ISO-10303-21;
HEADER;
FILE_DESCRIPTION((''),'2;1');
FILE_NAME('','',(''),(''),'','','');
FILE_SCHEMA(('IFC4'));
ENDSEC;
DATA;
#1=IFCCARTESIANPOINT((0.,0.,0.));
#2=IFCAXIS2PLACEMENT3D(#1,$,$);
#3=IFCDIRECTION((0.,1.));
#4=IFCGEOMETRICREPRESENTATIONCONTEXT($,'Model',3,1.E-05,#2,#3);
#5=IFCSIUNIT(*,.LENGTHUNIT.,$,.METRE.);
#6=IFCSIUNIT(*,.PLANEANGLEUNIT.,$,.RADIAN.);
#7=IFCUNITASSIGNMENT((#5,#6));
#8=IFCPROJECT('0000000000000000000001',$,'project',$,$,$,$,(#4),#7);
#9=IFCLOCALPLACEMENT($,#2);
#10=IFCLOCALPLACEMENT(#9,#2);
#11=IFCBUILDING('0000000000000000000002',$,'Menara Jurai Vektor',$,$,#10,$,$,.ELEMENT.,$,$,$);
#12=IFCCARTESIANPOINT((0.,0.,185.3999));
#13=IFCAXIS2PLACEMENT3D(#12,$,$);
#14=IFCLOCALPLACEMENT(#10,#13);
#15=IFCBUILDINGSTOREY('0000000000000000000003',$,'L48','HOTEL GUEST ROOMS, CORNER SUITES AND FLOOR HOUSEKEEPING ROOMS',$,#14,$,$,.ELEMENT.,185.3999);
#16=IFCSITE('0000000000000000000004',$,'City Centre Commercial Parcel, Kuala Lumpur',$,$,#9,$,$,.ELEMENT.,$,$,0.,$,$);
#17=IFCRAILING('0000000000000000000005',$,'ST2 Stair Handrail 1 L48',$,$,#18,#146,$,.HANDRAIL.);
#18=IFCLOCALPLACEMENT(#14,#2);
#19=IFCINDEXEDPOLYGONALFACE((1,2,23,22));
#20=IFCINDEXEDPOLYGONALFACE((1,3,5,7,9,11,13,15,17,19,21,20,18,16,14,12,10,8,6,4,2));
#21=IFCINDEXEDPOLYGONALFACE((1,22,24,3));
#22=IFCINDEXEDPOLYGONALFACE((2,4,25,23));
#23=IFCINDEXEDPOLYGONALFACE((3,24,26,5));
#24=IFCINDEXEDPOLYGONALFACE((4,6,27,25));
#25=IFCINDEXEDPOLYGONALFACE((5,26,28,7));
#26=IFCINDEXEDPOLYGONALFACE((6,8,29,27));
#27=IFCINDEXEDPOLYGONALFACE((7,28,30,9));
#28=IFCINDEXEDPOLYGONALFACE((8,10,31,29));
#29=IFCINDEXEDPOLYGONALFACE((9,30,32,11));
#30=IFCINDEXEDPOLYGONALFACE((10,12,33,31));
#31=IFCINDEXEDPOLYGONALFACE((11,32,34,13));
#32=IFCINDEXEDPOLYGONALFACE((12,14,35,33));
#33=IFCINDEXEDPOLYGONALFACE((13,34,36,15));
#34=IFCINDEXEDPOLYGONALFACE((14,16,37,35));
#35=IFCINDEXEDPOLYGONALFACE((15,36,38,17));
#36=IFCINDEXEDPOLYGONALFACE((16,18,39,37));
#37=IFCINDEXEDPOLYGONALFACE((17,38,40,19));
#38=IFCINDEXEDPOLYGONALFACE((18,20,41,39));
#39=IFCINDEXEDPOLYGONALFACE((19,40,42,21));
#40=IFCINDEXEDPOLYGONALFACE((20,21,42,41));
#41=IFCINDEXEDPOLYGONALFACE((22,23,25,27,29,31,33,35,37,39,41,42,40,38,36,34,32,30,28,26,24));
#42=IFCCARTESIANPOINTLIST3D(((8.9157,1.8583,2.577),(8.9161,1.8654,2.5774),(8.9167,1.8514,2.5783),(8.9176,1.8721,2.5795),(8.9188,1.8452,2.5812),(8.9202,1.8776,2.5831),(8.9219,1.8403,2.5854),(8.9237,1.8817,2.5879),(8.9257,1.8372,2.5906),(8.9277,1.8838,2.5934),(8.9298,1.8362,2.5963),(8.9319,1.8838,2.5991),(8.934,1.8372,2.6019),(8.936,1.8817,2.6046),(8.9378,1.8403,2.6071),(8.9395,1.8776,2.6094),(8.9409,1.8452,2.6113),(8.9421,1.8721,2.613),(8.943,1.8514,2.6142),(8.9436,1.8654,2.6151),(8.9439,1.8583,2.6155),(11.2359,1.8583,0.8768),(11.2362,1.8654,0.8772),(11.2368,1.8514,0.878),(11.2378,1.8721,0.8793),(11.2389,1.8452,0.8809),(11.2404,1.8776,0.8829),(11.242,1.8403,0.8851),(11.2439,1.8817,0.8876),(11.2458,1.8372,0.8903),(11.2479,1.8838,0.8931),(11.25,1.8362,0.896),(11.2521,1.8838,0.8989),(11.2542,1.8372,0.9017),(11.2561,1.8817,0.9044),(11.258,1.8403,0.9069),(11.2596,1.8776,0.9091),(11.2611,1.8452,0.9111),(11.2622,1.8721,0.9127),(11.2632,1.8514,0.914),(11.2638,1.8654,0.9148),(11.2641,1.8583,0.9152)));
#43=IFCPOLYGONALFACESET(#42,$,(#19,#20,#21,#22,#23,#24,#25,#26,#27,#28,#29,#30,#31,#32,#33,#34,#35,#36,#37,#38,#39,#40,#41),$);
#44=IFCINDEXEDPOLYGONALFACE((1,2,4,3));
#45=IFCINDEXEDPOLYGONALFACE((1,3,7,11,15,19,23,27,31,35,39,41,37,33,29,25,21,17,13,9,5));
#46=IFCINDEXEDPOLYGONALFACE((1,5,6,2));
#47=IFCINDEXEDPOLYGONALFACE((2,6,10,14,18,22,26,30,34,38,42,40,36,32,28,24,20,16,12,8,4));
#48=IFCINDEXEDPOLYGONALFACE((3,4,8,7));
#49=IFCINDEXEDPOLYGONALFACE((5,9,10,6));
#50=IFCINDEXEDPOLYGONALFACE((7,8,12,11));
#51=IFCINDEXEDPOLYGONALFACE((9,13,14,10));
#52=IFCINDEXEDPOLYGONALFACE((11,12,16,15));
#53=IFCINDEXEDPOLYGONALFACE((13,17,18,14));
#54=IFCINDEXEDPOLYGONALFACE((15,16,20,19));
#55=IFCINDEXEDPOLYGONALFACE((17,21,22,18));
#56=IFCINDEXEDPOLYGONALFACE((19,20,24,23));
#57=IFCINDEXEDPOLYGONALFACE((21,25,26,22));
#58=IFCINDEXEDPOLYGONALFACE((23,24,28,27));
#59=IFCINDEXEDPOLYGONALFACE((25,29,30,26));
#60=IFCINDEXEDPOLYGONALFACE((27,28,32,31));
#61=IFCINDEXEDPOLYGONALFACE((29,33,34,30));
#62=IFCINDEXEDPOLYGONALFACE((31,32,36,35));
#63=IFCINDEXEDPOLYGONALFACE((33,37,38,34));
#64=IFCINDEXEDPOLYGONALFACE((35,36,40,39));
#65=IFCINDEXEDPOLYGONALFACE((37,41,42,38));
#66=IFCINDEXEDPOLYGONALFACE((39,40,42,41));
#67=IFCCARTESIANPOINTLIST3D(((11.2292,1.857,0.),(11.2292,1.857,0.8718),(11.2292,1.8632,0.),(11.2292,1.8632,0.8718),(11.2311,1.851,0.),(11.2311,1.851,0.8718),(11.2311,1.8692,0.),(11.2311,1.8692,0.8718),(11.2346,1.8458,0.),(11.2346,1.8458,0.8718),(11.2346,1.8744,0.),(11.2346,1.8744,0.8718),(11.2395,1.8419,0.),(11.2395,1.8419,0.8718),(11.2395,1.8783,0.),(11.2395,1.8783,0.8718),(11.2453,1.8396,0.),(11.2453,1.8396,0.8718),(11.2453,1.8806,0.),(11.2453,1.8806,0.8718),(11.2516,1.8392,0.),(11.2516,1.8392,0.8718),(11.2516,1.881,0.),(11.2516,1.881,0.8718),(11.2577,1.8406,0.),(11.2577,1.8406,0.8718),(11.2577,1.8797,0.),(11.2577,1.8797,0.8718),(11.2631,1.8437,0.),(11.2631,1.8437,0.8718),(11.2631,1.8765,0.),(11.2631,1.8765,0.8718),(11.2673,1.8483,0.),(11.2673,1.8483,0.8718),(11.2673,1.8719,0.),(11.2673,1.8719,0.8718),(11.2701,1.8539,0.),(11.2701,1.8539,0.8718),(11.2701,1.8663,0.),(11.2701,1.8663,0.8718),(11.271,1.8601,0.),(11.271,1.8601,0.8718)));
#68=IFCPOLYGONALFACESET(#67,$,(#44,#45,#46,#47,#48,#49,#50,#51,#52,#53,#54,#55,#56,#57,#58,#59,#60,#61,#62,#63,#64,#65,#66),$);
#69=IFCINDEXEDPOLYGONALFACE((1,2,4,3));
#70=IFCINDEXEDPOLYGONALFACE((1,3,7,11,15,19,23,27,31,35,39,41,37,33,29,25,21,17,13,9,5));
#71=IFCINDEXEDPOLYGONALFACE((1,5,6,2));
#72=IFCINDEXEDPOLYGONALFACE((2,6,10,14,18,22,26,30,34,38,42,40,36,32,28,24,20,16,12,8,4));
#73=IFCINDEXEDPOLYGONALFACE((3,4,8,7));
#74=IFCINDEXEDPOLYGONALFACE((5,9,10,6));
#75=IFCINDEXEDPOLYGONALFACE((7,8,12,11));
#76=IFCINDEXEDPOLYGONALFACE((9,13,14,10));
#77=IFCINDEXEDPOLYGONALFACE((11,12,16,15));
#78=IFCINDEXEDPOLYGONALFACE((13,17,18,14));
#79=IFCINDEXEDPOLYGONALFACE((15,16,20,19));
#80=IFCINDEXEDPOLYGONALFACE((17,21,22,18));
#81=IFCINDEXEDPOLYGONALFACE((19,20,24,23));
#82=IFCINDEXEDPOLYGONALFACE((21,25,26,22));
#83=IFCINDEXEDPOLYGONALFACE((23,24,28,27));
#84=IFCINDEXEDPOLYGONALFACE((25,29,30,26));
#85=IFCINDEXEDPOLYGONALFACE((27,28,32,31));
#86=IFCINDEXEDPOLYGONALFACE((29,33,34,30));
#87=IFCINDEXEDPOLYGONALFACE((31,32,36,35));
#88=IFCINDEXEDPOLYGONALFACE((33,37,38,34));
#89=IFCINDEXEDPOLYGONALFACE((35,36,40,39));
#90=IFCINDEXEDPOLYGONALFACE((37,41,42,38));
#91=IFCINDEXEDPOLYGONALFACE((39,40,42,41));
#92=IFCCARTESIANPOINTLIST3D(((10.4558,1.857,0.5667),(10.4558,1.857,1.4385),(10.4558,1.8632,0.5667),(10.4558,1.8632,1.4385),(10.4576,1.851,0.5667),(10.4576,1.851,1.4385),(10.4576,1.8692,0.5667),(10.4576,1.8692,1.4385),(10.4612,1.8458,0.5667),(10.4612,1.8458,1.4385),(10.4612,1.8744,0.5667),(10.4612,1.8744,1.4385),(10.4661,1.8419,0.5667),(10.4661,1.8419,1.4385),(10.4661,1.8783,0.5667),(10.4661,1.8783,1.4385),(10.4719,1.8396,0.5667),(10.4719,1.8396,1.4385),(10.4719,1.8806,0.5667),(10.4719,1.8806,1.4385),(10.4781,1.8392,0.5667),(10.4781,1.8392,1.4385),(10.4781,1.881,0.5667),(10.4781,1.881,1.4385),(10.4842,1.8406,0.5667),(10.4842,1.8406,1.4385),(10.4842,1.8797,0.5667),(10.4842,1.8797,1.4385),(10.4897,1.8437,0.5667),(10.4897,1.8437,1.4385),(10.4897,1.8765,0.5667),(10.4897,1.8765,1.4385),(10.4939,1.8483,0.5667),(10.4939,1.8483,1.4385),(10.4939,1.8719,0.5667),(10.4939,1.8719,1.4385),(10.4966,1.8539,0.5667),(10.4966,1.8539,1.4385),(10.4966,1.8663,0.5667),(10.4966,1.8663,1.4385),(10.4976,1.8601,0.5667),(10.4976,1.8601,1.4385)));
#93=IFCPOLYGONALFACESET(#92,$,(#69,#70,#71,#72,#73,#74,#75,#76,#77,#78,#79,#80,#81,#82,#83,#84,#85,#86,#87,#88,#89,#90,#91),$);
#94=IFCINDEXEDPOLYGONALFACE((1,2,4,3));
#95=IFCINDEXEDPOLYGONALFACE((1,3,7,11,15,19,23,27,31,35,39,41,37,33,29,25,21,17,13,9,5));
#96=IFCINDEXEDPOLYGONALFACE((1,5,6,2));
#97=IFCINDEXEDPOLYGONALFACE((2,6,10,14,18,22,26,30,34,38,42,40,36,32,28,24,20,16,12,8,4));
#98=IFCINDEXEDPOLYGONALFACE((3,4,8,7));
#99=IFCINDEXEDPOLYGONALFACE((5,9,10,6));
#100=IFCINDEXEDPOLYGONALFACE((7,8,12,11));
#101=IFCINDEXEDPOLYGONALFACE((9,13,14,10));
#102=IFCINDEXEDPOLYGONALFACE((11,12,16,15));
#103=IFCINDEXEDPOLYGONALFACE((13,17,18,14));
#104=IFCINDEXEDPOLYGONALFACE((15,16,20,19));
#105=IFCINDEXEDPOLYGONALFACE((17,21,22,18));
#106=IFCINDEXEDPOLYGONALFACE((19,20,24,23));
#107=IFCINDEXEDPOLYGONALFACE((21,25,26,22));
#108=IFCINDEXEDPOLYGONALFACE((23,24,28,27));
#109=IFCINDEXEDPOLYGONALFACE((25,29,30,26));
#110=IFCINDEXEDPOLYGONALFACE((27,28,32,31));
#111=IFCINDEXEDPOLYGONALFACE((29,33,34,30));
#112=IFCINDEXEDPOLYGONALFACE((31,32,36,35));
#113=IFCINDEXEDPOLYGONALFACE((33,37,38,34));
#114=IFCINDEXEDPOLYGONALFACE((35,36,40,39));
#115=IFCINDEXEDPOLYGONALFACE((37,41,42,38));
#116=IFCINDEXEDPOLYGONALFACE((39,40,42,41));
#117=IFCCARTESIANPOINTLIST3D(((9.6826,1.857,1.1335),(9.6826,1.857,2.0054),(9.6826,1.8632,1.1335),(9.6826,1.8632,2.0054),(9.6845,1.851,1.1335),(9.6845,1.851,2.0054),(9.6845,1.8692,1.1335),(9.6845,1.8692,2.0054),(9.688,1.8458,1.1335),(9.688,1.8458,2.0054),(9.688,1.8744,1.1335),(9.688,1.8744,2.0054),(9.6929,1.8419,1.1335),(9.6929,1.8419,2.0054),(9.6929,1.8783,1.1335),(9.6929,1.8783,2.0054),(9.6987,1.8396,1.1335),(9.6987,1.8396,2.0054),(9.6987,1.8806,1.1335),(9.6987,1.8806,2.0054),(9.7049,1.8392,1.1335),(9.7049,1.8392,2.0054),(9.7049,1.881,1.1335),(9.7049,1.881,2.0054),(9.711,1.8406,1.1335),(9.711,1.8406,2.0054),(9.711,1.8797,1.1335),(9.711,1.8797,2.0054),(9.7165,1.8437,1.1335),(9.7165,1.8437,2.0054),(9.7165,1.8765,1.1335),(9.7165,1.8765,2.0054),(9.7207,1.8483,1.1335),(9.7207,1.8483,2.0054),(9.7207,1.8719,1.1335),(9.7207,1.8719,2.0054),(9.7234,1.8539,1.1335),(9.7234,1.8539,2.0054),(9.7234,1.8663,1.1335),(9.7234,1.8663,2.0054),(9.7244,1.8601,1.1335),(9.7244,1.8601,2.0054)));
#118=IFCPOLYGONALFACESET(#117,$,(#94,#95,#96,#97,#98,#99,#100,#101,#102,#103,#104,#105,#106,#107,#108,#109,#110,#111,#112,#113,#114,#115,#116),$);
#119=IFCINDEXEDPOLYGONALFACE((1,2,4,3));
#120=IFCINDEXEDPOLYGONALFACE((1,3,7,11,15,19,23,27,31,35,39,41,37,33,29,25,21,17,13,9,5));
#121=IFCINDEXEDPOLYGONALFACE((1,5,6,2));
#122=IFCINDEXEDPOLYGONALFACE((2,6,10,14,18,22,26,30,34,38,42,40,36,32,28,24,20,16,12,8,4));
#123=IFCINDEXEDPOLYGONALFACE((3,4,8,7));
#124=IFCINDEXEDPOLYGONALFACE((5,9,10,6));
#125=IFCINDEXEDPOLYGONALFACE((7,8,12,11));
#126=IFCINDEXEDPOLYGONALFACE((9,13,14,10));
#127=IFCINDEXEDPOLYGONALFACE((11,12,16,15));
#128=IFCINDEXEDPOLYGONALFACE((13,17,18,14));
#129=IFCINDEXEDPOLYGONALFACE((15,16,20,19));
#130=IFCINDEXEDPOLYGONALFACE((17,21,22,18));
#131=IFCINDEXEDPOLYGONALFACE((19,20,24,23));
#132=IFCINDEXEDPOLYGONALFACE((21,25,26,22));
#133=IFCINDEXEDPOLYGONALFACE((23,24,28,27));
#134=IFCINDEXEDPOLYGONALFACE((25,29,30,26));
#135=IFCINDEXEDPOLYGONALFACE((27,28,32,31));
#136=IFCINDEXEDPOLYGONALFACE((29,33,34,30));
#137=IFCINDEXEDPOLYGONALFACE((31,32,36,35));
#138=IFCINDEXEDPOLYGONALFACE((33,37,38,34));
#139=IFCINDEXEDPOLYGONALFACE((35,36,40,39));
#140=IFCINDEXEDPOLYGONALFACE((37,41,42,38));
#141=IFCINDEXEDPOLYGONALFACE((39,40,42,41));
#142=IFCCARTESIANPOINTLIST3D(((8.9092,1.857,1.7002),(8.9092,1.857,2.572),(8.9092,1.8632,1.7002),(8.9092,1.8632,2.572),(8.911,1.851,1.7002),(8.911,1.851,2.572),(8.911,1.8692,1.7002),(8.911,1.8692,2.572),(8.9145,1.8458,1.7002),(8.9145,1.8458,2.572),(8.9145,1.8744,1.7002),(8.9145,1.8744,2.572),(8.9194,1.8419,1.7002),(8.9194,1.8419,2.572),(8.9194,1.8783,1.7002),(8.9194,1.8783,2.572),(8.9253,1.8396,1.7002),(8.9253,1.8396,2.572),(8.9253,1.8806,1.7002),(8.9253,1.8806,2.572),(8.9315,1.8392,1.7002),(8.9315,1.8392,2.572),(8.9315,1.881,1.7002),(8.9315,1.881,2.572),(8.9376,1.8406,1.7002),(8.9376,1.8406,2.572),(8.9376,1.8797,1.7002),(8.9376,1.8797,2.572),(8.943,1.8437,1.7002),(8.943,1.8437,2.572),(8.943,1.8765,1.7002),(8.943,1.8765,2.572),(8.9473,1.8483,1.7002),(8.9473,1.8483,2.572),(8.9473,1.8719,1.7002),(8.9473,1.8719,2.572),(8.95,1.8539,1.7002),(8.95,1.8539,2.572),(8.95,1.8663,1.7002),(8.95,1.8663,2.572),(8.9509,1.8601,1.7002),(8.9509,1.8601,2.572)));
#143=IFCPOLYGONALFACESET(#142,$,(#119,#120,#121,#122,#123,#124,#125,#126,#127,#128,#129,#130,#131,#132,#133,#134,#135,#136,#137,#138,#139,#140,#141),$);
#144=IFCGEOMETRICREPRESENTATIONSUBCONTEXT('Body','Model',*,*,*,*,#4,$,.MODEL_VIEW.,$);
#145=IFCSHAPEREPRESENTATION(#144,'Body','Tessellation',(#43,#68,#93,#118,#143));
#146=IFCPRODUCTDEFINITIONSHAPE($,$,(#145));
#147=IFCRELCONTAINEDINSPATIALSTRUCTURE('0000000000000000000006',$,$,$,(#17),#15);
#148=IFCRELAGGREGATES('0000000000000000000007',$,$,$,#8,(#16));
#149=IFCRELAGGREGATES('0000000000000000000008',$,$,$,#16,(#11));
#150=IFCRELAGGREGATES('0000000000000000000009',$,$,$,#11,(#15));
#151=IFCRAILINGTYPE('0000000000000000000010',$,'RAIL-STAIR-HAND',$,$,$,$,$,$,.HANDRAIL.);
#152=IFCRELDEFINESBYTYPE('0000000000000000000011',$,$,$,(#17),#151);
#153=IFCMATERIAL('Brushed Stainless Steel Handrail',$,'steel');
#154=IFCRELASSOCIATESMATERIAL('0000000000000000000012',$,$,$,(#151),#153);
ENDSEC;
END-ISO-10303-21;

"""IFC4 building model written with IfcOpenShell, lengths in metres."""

from ifc_helpers import new_model, si_unit, direction, frame, origin, origin_2d, place, context, subcontext, project, spatial, circle, extrude, material, type_object, element, save


model = new_model("IFC4")

# Units and contexts
model_context = context("Model", 3, precision=1e-05, world=origin(), true_north=direction((0.0, 1.0)))
body_context = subcontext(model_context, "Body", "Model", "MODEL_VIEW")
ifc_project = project(units=[si_unit("LENGTHUNIT", "METRE"), si_unit("PLANEANGLEUNIT", "RADIAN")], contexts=[model_context])

# Site, building, storey
site_placement = place(None, origin())
site = spatial("IfcSite", under=ifc_project, at=site_placement, Name="City Centre Commercial Parcel, Kuala Lumpur", CompositionType="ELEMENT", RefElevation=0.0)
building_placement = place(site_placement, origin())
building = spatial("IfcBuilding", under=site, at=building_placement, Name="Menara Jurai Vektor", CompositionType="ELEMENT")
storey_placement = place(building_placement, frame((0.0, 0.0, 185.3999)))
storey = spatial("IfcBuildingStorey", under=building, at=storey_placement, Name="L48", Description="HOTEL GUEST ROOMS, CORNER SUITES AND FLOOR HOUSEKEEPING ROOMS", CompositionType="ELEMENT", Elevation=185.3999)

# Railing
ifc_material_1 = material(Name="Brushed Stainless Steel Handrail", Category="steel")
railing_type_1 = type_object("IfcRailingType", Name="RAIL-STAIR-HAND", PredefinedType="HANDRAIL", material=ifc_material_1)
railing_1_placement = place(storey_placement, frame((11.25, 1.8601, 0.0)))
element("IfcRailing", 1, at=railing_1_placement, inside=storey, type_object=railing_type_1, Name="ST2 Stair Handrail 1 L48", PredefinedType="HANDRAIL", context=body_context, shape_type="SweptSolid", body=[
    extrude(circle(Radius=0.0239, at=origin_2d()), frame((0.0, 0.0, 0.896), z_axis=(-0.806602, 0.0, 0.591095), x_axis=(0.0, -1.0, 0.0)), (0.0, 0.0, 1.0), 2.8765),
    extrude(circle(Radius=0.021, at=origin_2d()), origin(), (0.0, 0.0, 1.0), 0.8718),
    extrude(circle(Radius=0.021, at=origin_2d()), frame((-0.7734, 0.0, 0.5667)), (0.0, 0.0, 1.0), 0.8718),
    extrude(circle(Radius=0.021, at=origin_2d()), frame((-1.5466, 0.0, 1.1335)), (0.0, 0.0, 1.0), 0.8718),
    extrude(circle(Radius=0.021, at=origin_2d()), frame((-2.3201, 0.0, 1.7002)), (0.0, 0.0, 1.0), 0.8718),
])

save(model, "model.ifc")
